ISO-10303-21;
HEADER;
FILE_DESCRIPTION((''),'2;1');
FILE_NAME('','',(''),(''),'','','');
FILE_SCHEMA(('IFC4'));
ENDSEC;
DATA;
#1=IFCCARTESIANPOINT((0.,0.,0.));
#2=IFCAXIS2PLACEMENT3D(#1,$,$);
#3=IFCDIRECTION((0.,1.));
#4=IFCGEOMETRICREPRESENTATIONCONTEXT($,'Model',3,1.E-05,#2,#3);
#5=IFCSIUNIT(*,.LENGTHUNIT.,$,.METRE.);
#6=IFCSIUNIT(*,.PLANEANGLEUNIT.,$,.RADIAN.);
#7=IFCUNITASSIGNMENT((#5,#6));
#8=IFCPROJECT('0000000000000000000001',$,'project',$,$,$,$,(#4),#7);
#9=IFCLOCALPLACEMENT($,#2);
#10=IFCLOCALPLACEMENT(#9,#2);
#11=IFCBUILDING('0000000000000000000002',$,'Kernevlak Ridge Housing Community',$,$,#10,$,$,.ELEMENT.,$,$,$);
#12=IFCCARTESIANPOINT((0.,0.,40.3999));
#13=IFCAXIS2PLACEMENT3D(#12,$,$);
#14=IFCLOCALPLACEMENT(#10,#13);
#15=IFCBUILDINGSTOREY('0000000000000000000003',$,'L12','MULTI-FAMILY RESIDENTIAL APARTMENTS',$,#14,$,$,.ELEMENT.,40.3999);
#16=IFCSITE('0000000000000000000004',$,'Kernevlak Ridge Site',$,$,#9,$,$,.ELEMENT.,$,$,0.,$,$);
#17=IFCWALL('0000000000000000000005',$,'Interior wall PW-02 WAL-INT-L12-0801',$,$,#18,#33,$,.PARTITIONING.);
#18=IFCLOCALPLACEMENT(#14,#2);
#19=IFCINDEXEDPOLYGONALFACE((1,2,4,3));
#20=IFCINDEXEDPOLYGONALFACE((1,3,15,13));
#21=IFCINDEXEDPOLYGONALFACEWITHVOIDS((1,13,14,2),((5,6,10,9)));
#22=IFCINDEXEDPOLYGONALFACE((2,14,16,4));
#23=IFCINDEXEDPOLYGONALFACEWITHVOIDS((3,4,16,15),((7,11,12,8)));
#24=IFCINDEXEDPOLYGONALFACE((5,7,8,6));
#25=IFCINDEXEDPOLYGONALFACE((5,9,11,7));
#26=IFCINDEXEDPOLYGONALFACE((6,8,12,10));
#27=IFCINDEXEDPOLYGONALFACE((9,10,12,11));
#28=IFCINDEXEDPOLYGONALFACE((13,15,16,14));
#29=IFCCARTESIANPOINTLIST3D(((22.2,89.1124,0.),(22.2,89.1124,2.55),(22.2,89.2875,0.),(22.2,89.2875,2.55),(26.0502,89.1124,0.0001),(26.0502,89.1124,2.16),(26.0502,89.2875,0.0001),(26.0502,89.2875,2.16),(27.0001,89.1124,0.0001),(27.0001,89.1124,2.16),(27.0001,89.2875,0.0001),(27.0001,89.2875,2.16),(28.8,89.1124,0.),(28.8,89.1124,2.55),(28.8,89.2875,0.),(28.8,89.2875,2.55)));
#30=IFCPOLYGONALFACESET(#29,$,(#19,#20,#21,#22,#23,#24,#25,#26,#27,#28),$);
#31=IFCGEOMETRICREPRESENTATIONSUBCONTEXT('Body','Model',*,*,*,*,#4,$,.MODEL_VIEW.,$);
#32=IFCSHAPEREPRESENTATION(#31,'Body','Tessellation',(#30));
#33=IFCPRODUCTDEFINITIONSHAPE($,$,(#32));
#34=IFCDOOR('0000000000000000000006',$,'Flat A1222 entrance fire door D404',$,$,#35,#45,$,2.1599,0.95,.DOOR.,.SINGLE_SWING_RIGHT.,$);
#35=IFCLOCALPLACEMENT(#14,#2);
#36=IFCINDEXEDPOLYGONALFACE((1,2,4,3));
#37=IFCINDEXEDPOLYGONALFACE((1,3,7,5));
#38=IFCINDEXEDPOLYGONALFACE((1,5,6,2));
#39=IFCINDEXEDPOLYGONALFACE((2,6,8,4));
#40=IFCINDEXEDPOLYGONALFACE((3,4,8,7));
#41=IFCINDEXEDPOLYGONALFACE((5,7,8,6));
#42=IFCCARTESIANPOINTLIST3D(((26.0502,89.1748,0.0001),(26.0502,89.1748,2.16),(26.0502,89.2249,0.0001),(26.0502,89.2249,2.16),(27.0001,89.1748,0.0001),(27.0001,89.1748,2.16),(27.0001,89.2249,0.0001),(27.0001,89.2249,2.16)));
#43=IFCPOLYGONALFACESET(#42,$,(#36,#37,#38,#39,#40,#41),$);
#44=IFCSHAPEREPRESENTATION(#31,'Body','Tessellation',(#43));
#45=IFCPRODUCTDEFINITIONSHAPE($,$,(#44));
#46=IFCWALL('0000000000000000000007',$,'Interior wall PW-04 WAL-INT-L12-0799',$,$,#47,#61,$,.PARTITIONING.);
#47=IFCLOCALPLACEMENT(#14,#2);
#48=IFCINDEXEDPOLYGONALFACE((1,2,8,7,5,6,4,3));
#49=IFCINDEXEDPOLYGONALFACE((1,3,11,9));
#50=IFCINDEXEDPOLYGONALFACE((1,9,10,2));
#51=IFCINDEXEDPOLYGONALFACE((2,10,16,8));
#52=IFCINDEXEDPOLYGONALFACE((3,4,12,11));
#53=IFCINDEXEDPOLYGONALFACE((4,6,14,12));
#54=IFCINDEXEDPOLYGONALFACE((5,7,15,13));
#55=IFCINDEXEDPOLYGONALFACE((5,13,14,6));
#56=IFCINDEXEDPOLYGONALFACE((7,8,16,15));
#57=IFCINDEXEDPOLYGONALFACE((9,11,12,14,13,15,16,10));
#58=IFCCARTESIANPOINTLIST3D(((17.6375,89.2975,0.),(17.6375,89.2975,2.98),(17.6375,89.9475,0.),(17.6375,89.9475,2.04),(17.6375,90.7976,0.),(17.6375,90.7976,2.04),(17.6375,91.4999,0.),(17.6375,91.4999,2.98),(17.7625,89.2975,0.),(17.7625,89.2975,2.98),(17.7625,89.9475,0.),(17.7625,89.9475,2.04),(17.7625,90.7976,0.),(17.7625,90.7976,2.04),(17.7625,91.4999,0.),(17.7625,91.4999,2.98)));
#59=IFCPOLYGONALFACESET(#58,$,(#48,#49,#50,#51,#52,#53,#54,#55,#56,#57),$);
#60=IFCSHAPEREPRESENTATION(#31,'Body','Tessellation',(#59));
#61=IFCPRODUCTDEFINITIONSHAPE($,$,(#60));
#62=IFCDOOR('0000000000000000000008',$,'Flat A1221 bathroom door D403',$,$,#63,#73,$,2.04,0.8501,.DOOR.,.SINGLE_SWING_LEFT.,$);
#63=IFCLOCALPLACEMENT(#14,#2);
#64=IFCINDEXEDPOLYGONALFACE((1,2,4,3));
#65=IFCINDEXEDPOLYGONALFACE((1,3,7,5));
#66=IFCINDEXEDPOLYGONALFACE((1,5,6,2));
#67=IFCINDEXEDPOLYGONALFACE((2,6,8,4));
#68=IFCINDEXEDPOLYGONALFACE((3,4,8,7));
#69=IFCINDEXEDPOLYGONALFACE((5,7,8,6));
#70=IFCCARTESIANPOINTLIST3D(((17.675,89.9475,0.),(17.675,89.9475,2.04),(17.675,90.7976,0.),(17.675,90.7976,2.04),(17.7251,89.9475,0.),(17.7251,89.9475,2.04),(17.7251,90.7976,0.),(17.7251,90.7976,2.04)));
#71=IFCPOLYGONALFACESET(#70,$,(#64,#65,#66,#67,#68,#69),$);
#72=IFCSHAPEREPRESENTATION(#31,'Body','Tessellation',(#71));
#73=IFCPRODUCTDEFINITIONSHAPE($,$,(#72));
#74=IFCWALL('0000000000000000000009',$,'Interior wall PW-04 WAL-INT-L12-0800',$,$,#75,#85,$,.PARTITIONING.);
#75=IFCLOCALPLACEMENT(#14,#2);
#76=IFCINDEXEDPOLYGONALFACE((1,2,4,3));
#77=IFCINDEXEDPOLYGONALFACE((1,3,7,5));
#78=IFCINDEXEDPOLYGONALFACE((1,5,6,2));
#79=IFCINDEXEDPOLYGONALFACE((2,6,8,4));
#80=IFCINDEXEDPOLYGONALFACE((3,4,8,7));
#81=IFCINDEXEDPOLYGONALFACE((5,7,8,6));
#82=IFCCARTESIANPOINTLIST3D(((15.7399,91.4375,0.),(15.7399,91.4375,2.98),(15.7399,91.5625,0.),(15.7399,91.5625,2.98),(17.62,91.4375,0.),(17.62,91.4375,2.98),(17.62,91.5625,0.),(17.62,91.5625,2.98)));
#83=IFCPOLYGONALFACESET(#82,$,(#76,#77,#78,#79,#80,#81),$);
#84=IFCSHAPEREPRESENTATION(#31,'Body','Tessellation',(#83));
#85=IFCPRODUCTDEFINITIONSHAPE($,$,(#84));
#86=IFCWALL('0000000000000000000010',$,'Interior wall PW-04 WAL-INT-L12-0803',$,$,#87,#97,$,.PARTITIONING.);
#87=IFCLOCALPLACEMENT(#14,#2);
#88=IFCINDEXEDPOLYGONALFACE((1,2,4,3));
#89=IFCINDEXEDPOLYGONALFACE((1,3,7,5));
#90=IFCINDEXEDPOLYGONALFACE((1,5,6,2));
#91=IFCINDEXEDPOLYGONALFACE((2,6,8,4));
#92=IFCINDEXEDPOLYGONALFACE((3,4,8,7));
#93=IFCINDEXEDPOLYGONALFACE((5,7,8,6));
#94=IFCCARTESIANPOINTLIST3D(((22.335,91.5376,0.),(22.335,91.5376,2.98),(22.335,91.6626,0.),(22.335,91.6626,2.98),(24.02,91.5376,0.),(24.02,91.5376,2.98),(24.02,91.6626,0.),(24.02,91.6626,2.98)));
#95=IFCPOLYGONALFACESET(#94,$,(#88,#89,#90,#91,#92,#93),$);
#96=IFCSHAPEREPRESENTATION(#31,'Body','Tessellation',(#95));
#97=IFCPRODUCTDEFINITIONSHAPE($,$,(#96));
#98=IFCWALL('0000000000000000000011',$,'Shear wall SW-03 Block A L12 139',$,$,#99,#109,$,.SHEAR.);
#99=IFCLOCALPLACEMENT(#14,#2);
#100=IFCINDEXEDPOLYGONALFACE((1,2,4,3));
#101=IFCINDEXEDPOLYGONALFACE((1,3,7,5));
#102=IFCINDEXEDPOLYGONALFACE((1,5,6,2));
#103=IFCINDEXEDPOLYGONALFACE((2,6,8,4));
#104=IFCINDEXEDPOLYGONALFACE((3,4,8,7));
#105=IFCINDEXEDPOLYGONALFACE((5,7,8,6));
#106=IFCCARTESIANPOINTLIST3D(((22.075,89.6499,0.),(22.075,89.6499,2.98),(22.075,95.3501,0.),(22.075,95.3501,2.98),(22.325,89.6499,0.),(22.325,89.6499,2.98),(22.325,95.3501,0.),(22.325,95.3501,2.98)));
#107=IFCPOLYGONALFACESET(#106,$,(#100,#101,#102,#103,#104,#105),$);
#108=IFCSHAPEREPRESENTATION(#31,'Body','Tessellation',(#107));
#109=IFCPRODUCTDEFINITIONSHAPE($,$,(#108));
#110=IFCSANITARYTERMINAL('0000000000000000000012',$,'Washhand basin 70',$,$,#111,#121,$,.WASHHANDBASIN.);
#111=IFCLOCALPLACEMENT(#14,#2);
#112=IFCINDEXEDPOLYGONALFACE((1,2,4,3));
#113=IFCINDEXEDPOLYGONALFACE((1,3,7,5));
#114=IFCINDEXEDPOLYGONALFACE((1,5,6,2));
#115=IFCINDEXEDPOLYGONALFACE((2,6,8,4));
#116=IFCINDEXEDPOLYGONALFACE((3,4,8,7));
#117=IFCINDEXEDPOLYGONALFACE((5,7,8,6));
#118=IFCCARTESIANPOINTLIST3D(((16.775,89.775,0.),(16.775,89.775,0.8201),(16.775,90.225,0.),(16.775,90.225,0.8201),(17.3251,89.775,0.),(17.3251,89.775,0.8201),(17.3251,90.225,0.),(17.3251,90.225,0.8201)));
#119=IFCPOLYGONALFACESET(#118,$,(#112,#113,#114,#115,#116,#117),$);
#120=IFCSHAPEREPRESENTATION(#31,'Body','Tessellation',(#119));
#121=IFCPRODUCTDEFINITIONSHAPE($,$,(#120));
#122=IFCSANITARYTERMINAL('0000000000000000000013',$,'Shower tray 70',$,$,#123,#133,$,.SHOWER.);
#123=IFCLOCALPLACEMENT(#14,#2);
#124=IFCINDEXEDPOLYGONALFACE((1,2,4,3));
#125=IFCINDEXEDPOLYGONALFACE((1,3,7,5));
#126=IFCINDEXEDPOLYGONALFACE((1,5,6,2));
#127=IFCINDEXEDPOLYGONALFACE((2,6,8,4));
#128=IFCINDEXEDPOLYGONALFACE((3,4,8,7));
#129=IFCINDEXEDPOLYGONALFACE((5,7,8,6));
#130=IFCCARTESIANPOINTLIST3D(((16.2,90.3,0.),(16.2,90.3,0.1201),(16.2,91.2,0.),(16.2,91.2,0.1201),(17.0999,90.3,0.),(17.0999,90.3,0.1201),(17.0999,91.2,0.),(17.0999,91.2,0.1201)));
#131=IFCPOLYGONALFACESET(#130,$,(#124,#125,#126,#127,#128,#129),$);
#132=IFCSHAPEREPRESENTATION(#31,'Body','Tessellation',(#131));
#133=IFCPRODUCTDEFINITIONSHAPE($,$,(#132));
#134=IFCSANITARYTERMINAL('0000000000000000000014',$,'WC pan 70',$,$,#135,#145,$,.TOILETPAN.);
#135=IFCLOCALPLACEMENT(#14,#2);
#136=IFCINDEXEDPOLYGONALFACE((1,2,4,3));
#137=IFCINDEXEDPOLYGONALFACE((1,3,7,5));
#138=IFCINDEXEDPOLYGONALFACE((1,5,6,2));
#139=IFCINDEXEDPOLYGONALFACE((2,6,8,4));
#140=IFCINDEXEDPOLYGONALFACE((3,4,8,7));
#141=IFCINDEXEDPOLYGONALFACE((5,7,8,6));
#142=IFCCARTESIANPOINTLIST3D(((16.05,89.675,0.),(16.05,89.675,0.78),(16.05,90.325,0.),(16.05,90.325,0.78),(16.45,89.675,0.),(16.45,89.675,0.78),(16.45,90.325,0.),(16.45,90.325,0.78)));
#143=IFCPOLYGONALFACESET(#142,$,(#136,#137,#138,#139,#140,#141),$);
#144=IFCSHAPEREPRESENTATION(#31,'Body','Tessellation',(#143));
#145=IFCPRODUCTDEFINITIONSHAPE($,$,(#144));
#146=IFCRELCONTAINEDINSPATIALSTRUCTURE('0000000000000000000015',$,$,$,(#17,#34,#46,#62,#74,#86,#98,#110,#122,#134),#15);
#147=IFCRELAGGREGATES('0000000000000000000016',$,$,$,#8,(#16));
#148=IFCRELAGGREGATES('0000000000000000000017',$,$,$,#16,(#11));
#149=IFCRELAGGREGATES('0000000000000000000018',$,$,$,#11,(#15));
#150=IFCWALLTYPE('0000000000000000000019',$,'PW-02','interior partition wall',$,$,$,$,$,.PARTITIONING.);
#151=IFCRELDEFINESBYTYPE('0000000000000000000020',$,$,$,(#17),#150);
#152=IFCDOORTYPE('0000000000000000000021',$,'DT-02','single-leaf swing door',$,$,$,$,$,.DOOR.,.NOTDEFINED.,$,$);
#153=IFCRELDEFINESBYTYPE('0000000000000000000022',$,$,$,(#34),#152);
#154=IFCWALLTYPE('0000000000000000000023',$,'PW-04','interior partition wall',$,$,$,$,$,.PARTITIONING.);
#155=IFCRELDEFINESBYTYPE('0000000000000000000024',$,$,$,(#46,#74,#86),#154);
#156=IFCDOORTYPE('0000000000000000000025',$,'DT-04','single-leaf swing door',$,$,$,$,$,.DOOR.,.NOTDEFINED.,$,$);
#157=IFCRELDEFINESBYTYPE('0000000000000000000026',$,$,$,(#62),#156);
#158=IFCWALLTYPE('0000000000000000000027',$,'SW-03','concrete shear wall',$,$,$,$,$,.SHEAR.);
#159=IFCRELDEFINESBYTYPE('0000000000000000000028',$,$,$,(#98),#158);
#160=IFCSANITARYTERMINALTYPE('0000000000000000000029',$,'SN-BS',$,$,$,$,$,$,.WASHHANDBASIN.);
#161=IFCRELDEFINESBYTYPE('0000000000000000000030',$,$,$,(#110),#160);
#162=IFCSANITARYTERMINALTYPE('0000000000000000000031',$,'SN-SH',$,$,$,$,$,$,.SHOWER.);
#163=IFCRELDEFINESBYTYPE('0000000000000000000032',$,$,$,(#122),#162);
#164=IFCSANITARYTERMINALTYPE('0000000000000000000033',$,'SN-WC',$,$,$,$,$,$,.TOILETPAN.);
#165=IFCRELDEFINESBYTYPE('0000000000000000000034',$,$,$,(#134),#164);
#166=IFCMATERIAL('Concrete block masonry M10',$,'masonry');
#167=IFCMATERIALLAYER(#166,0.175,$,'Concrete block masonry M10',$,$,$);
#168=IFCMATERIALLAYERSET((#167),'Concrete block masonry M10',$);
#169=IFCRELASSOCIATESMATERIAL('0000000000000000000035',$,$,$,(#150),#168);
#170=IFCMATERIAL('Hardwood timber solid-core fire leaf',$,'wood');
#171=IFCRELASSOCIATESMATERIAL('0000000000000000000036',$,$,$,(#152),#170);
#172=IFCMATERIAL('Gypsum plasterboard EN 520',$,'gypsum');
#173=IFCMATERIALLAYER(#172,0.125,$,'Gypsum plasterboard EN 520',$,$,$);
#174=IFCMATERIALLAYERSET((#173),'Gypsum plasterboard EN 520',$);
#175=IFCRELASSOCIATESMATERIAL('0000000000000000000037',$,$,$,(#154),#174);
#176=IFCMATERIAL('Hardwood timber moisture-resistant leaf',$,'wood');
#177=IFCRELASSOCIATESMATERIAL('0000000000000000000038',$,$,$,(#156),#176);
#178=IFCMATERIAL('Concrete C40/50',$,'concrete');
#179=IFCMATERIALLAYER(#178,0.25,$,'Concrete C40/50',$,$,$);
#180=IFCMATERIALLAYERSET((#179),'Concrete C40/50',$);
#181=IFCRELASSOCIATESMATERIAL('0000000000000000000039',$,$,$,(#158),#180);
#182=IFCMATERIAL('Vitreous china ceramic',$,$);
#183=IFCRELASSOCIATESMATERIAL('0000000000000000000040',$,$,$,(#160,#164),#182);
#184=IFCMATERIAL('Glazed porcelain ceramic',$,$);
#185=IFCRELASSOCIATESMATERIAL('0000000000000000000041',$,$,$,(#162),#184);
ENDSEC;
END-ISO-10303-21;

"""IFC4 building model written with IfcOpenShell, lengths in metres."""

from ifc_helpers import new_model, si_unit, direction, frame, frame_2d, origin, origin_2d, place, context, subcontext, project, spatial, rectangle, extrude, material, layer, layer_set, type_object, element, fill, save


model = new_model("IFC4")

# Units and contexts
model_context = context("Model", 3, precision=1e-05, world=origin(), true_north=direction((0.0, 1.0)))
body_context = subcontext(model_context, "Body", "Model", "MODEL_VIEW")
ifc_project = project(units=[si_unit("LENGTHUNIT", "METRE"), si_unit("PLANEANGLEUNIT", "RADIAN")], contexts=[model_context])

# Site, building, storey
site_placement = place(None, origin())
site = spatial("IfcSite", under=ifc_project, at=site_placement, Name="Kernevlak Ridge Site", CompositionType="ELEMENT", RefElevation=0.0)
building_placement = place(site_placement, origin())
building = spatial("IfcBuilding", under=site, at=building_placement, Name="Kernevlak Ridge Housing Community", CompositionType="ELEMENT")
storey_placement = place(building_placement, frame((0.0, 0.0, 40.3999)))
storey = spatial("IfcBuildingStorey", under=building, at=storey_placement, Name="L12", Description="MULTI-FAMILY RESIDENTIAL APARTMENTS", CompositionType="ELEMENT", Elevation=40.3999)

# Shared definitions
ifc_material_1 = material(Name="Concrete block masonry M10", Category="masonry")

# Shared definitions
ifc_layer_1 = layer(ifc_material_1, 0.175, Name="Concrete block masonry M10")
ifc_layer_set_1 = layer_set([ifc_layer_1], Name="Concrete block masonry M10")
wall_type_1 = type_object("IfcWallType", Name="PW-02", Description="interior partition wall", PredefinedType="PARTITIONING", material=ifc_layer_set_1)

# Walls, openings, doors
ifc_material_2 = material(Name="Hardwood timber solid-core fire leaf", Category="wood")
wall_1_placement = place(storey_placement, frame((22.2, 89.2, 0.0), z_axis=(0.0, 0.0, 1.0), x_axis=(1.0, 0.0, 0.0)))
wall_1 = element("IfcWall", 1, at=wall_1_placement, inside=storey, type_object=wall_type_1, Name="Interior wall PW-02 WAL-INT-L12-0801", PredefinedType="PARTITIONING", context=body_context, shape_type="SweptSolid", body=[
    extrude(rectangle(XDim=6.6001, YDim=0.175, at=frame_2d((3.3, 0.0))), origin(), (0.0, 0.0, 1.0), 2.55),
])
opening_1_placement = place(wall_1_placement, frame((3.8501, 0.0, 0.0)))
opening_1 = element("IfcOpeningElement", 2, at=opening_1_placement, cuts=wall_1, PredefinedType="OPENING", context=body_context, shape_type="SweptSolid", body=[
    extrude(rectangle(XDim=0.95, YDim=2.1599, at=frame_2d((0.4751, 1.0801))), frame((0.0, 0.0974, 0.0), z_axis=(0.0, -1.0, 0.0), x_axis=(1.0, 0.0, 0.0)), (0.0, 0.0, 1.0), 0.1951),
])
door_type_1 = type_object("IfcDoorType", Name="DT-02", Description="single-leaf swing door", OperationType="NOTDEFINED", PredefinedType="DOOR", material=ifc_material_2)
door_1_placement = place(opening_1_placement, origin())
door_1 = element("IfcDoor", 3, at=door_1_placement, inside=storey, type_object=door_type_1, Name="Flat A1222 entrance fire door D404", OperationType="SINGLE_SWING_RIGHT", OverallHeight=2.1599, OverallWidth=0.95, PredefinedType="DOOR", context=body_context, shape_type="SweptSolid", body=[
    extrude(rectangle(XDim=0.95, YDim=2.1599, at=frame_2d((0.4751, 1.0801))), frame((0.0, 0.0249, 0.0), z_axis=(0.0, -1.0, 0.0), x_axis=(1.0, 0.0, 0.0)), (0.0, 0.0, 1.0), 0.05),
])
fill(opening_1, door_1)
ifc_material_3 = material(Name="Gypsum plasterboard EN 520", Category="gypsum")
ifc_layer_2 = layer(ifc_material_3, 0.125, Name="Gypsum plasterboard EN 520")
ifc_layer_set_2 = layer_set([ifc_layer_2], Name="Gypsum plasterboard EN 520")
wall_type_2 = type_object("IfcWallType", Name="PW-04", Description="interior partition wall", PredefinedType="PARTITIONING", material=ifc_layer_set_2)
wall_2_placement = place(storey_placement, frame((17.7, 89.2976, 0.0), z_axis=(0.0, 0.0, 1.0), x_axis=(0.0, 1.0, 0.0)))
wall_2 = element("IfcWall", 4, at=wall_2_placement, inside=storey, type_object=wall_type_2, Name="Interior wall PW-04 WAL-INT-L12-0799", PredefinedType="PARTITIONING", context=body_context, shape_type="SweptSolid", body=[
    extrude(rectangle(XDim=2.2024, YDim=0.125, at=frame_2d((1.1011, 0.0))), origin(), (0.0, 0.0, 1.0), 2.98),
])
opening_2_placement = place(wall_2_placement, frame((0.6499, 0.0, 0.0)))
opening_2 = element("IfcOpeningElement", 5, at=opening_2_placement, cuts=wall_2, PredefinedType="OPENING", context=body_context, shape_type="SweptSolid", body=[
    extrude(rectangle(XDim=0.8501, YDim=2.04, at=frame_2d((0.425, 1.02))), frame((0.0, 0.0725, 0.0), z_axis=(0.0, -1.0, 0.0), x_axis=(1.0, 0.0, 0.0)), (0.0, 0.0, 1.0), 0.145),
])
ifc_material_4 = material(Name="Hardwood timber moisture-resistant leaf", Category="wood")
door_type_2 = type_object("IfcDoorType", Name="DT-04", Description="single-leaf swing door", OperationType="NOTDEFINED", PredefinedType="DOOR", material=ifc_material_4)
door_2_placement = place(opening_2_placement, origin())
door_2 = element("IfcDoor", 6, at=door_2_placement, inside=storey, type_object=door_type_2, Name="Flat A1221 bathroom door D403", OperationType="SINGLE_SWING_LEFT", OverallHeight=2.04, OverallWidth=0.8501, PredefinedType="DOOR", context=body_context, shape_type="SweptSolid", body=[
    extrude(rectangle(XDim=0.8501, YDim=2.04, at=frame_2d((0.425, 1.02))), frame((0.0, 0.0249, 0.0), z_axis=(0.0, -1.0, 0.0), x_axis=(1.0, 0.0, 0.0)), (0.0, 0.0, 1.0), 0.05),
])
fill(opening_2, door_2)

# Walls
wall_3_placement = place(storey_placement, frame((15.74, 91.5, 0.0), z_axis=(0.0, 0.0, 1.0), x_axis=(1.0, 0.0, 0.0)))
element("IfcWall", 7, at=wall_3_placement, inside=storey, type_object=wall_type_2, Name="Interior wall PW-04 WAL-INT-L12-0800", PredefinedType="PARTITIONING", context=body_context, shape_type="SweptSolid", body=[
    extrude(rectangle(XDim=1.8801, YDim=0.125, at=frame_2d((0.9399, 0.0))), origin(), (0.0, 0.0, 1.0), 2.98),
])
wall_4_placement = place(storey_placement, frame((22.335, 91.6001, 0.0), z_axis=(0.0, 0.0, 1.0), x_axis=(1.0, 0.0, 0.0)))
element("IfcWall", 8, at=wall_4_placement, inside=storey, type_object=wall_type_2, Name="Interior wall PW-04 WAL-INT-L12-0803", PredefinedType="PARTITIONING", context=body_context, shape_type="SweptSolid", body=[
    extrude(rectangle(XDim=1.6851, YDim=0.125, at=frame_2d((0.8425, 0.0))), origin(), (0.0, 0.0, 1.0), 2.98),
])
ifc_material_5 = material(Name="Concrete C40/50", Category="concrete")
ifc_layer_3 = layer(ifc_material_5, 0.25, Name="Concrete C40/50")
ifc_layer_set_3 = layer_set([ifc_layer_3], Name="Concrete C40/50")
wall_type_3 = type_object("IfcWallType", Name="SW-03", Description="concrete shear wall", PredefinedType="SHEAR", material=ifc_layer_set_3)
wall_5_placement = place(storey_placement, frame((22.2, 89.6499, 0.0), z_axis=(0.0, 0.0, 1.0), x_axis=(0.0, 1.0, 0.0)))
element("IfcWall", 9, at=wall_5_placement, inside=storey, type_object=wall_type_3, Name="Shear wall SW-03 Block A L12 139", PredefinedType="SHEAR", context=body_context, shape_type="SweptSolid", body=[
    extrude(rectangle(XDim=5.7002, YDim=0.25, at=frame_2d((2.8501, 0.0))), origin(), (0.0, 0.0, 1.0), 2.98),
])

# Sanitary terminals
ifc_material_6 = material(Name="Vitreous china ceramic")
sanitary_terminal_type_1 = type_object("IfcSanitaryTerminalType", Name="SN-BS", PredefinedType="WASHHANDBASIN", material=ifc_material_6)
sanitary_terminal_1_placement = place(storey_placement, frame((17.05, 90.0, 0.0), z_axis=(0.0, 0.0, 1.0), x_axis=(1.0, 0.0, 0.0)))
element("IfcSanitaryTerminal", 10, at=sanitary_terminal_1_placement, inside=storey, type_object=sanitary_terminal_type_1, Name="Washhand basin 70", PredefinedType="WASHHANDBASIN", context=body_context, shape_type="SweptSolid", body=[
    extrude(rectangle(XDim=0.55, YDim=0.45, at=origin_2d()), origin(), (0.0, 0.0, 1.0), 0.8201),
])
ifc_material_7 = material(Name="Glazed porcelain ceramic")
sanitary_terminal_type_2 = type_object("IfcSanitaryTerminalType", Name="SN-SH", PredefinedType="SHOWER", material=ifc_material_7)
sanitary_terminal_2_placement = place(storey_placement, frame((16.6499, 90.75, 0.0), z_axis=(0.0, 0.0, 1.0), x_axis=(1.0, 0.0, 0.0)))
element("IfcSanitaryTerminal", 11, at=sanitary_terminal_2_placement, inside=storey, type_object=sanitary_terminal_type_2, Name="Shower tray 70", PredefinedType="SHOWER", context=body_context, shape_type="SweptSolid", body=[
    extrude(rectangle(XDim=0.8999, YDim=0.8999, at=origin_2d()), origin(), (0.0, 0.0, 1.0), 0.1201),
])
sanitary_terminal_type_3 = type_object("IfcSanitaryTerminalType", Name="SN-WC", PredefinedType="TOILETPAN", material=ifc_material_6)
sanitary_terminal_3_placement = place(storey_placement, frame((16.25, 90.0, 0.0), z_axis=(0.0, 0.0, 1.0), x_axis=(1.0, 0.0, 0.0)))
element("IfcSanitaryTerminal", 12, at=sanitary_terminal_3_placement, inside=storey, type_object=sanitary_terminal_type_3, Name="WC pan 70", PredefinedType="TOILETPAN", context=body_context, shape_type="SweptSolid", body=[
    extrude(rectangle(XDim=0.3999, YDim=0.6499, at=origin_2d()), origin(), (0.0, 0.0, 1.0), 0.78),
])

save(model, "model.ifc")
